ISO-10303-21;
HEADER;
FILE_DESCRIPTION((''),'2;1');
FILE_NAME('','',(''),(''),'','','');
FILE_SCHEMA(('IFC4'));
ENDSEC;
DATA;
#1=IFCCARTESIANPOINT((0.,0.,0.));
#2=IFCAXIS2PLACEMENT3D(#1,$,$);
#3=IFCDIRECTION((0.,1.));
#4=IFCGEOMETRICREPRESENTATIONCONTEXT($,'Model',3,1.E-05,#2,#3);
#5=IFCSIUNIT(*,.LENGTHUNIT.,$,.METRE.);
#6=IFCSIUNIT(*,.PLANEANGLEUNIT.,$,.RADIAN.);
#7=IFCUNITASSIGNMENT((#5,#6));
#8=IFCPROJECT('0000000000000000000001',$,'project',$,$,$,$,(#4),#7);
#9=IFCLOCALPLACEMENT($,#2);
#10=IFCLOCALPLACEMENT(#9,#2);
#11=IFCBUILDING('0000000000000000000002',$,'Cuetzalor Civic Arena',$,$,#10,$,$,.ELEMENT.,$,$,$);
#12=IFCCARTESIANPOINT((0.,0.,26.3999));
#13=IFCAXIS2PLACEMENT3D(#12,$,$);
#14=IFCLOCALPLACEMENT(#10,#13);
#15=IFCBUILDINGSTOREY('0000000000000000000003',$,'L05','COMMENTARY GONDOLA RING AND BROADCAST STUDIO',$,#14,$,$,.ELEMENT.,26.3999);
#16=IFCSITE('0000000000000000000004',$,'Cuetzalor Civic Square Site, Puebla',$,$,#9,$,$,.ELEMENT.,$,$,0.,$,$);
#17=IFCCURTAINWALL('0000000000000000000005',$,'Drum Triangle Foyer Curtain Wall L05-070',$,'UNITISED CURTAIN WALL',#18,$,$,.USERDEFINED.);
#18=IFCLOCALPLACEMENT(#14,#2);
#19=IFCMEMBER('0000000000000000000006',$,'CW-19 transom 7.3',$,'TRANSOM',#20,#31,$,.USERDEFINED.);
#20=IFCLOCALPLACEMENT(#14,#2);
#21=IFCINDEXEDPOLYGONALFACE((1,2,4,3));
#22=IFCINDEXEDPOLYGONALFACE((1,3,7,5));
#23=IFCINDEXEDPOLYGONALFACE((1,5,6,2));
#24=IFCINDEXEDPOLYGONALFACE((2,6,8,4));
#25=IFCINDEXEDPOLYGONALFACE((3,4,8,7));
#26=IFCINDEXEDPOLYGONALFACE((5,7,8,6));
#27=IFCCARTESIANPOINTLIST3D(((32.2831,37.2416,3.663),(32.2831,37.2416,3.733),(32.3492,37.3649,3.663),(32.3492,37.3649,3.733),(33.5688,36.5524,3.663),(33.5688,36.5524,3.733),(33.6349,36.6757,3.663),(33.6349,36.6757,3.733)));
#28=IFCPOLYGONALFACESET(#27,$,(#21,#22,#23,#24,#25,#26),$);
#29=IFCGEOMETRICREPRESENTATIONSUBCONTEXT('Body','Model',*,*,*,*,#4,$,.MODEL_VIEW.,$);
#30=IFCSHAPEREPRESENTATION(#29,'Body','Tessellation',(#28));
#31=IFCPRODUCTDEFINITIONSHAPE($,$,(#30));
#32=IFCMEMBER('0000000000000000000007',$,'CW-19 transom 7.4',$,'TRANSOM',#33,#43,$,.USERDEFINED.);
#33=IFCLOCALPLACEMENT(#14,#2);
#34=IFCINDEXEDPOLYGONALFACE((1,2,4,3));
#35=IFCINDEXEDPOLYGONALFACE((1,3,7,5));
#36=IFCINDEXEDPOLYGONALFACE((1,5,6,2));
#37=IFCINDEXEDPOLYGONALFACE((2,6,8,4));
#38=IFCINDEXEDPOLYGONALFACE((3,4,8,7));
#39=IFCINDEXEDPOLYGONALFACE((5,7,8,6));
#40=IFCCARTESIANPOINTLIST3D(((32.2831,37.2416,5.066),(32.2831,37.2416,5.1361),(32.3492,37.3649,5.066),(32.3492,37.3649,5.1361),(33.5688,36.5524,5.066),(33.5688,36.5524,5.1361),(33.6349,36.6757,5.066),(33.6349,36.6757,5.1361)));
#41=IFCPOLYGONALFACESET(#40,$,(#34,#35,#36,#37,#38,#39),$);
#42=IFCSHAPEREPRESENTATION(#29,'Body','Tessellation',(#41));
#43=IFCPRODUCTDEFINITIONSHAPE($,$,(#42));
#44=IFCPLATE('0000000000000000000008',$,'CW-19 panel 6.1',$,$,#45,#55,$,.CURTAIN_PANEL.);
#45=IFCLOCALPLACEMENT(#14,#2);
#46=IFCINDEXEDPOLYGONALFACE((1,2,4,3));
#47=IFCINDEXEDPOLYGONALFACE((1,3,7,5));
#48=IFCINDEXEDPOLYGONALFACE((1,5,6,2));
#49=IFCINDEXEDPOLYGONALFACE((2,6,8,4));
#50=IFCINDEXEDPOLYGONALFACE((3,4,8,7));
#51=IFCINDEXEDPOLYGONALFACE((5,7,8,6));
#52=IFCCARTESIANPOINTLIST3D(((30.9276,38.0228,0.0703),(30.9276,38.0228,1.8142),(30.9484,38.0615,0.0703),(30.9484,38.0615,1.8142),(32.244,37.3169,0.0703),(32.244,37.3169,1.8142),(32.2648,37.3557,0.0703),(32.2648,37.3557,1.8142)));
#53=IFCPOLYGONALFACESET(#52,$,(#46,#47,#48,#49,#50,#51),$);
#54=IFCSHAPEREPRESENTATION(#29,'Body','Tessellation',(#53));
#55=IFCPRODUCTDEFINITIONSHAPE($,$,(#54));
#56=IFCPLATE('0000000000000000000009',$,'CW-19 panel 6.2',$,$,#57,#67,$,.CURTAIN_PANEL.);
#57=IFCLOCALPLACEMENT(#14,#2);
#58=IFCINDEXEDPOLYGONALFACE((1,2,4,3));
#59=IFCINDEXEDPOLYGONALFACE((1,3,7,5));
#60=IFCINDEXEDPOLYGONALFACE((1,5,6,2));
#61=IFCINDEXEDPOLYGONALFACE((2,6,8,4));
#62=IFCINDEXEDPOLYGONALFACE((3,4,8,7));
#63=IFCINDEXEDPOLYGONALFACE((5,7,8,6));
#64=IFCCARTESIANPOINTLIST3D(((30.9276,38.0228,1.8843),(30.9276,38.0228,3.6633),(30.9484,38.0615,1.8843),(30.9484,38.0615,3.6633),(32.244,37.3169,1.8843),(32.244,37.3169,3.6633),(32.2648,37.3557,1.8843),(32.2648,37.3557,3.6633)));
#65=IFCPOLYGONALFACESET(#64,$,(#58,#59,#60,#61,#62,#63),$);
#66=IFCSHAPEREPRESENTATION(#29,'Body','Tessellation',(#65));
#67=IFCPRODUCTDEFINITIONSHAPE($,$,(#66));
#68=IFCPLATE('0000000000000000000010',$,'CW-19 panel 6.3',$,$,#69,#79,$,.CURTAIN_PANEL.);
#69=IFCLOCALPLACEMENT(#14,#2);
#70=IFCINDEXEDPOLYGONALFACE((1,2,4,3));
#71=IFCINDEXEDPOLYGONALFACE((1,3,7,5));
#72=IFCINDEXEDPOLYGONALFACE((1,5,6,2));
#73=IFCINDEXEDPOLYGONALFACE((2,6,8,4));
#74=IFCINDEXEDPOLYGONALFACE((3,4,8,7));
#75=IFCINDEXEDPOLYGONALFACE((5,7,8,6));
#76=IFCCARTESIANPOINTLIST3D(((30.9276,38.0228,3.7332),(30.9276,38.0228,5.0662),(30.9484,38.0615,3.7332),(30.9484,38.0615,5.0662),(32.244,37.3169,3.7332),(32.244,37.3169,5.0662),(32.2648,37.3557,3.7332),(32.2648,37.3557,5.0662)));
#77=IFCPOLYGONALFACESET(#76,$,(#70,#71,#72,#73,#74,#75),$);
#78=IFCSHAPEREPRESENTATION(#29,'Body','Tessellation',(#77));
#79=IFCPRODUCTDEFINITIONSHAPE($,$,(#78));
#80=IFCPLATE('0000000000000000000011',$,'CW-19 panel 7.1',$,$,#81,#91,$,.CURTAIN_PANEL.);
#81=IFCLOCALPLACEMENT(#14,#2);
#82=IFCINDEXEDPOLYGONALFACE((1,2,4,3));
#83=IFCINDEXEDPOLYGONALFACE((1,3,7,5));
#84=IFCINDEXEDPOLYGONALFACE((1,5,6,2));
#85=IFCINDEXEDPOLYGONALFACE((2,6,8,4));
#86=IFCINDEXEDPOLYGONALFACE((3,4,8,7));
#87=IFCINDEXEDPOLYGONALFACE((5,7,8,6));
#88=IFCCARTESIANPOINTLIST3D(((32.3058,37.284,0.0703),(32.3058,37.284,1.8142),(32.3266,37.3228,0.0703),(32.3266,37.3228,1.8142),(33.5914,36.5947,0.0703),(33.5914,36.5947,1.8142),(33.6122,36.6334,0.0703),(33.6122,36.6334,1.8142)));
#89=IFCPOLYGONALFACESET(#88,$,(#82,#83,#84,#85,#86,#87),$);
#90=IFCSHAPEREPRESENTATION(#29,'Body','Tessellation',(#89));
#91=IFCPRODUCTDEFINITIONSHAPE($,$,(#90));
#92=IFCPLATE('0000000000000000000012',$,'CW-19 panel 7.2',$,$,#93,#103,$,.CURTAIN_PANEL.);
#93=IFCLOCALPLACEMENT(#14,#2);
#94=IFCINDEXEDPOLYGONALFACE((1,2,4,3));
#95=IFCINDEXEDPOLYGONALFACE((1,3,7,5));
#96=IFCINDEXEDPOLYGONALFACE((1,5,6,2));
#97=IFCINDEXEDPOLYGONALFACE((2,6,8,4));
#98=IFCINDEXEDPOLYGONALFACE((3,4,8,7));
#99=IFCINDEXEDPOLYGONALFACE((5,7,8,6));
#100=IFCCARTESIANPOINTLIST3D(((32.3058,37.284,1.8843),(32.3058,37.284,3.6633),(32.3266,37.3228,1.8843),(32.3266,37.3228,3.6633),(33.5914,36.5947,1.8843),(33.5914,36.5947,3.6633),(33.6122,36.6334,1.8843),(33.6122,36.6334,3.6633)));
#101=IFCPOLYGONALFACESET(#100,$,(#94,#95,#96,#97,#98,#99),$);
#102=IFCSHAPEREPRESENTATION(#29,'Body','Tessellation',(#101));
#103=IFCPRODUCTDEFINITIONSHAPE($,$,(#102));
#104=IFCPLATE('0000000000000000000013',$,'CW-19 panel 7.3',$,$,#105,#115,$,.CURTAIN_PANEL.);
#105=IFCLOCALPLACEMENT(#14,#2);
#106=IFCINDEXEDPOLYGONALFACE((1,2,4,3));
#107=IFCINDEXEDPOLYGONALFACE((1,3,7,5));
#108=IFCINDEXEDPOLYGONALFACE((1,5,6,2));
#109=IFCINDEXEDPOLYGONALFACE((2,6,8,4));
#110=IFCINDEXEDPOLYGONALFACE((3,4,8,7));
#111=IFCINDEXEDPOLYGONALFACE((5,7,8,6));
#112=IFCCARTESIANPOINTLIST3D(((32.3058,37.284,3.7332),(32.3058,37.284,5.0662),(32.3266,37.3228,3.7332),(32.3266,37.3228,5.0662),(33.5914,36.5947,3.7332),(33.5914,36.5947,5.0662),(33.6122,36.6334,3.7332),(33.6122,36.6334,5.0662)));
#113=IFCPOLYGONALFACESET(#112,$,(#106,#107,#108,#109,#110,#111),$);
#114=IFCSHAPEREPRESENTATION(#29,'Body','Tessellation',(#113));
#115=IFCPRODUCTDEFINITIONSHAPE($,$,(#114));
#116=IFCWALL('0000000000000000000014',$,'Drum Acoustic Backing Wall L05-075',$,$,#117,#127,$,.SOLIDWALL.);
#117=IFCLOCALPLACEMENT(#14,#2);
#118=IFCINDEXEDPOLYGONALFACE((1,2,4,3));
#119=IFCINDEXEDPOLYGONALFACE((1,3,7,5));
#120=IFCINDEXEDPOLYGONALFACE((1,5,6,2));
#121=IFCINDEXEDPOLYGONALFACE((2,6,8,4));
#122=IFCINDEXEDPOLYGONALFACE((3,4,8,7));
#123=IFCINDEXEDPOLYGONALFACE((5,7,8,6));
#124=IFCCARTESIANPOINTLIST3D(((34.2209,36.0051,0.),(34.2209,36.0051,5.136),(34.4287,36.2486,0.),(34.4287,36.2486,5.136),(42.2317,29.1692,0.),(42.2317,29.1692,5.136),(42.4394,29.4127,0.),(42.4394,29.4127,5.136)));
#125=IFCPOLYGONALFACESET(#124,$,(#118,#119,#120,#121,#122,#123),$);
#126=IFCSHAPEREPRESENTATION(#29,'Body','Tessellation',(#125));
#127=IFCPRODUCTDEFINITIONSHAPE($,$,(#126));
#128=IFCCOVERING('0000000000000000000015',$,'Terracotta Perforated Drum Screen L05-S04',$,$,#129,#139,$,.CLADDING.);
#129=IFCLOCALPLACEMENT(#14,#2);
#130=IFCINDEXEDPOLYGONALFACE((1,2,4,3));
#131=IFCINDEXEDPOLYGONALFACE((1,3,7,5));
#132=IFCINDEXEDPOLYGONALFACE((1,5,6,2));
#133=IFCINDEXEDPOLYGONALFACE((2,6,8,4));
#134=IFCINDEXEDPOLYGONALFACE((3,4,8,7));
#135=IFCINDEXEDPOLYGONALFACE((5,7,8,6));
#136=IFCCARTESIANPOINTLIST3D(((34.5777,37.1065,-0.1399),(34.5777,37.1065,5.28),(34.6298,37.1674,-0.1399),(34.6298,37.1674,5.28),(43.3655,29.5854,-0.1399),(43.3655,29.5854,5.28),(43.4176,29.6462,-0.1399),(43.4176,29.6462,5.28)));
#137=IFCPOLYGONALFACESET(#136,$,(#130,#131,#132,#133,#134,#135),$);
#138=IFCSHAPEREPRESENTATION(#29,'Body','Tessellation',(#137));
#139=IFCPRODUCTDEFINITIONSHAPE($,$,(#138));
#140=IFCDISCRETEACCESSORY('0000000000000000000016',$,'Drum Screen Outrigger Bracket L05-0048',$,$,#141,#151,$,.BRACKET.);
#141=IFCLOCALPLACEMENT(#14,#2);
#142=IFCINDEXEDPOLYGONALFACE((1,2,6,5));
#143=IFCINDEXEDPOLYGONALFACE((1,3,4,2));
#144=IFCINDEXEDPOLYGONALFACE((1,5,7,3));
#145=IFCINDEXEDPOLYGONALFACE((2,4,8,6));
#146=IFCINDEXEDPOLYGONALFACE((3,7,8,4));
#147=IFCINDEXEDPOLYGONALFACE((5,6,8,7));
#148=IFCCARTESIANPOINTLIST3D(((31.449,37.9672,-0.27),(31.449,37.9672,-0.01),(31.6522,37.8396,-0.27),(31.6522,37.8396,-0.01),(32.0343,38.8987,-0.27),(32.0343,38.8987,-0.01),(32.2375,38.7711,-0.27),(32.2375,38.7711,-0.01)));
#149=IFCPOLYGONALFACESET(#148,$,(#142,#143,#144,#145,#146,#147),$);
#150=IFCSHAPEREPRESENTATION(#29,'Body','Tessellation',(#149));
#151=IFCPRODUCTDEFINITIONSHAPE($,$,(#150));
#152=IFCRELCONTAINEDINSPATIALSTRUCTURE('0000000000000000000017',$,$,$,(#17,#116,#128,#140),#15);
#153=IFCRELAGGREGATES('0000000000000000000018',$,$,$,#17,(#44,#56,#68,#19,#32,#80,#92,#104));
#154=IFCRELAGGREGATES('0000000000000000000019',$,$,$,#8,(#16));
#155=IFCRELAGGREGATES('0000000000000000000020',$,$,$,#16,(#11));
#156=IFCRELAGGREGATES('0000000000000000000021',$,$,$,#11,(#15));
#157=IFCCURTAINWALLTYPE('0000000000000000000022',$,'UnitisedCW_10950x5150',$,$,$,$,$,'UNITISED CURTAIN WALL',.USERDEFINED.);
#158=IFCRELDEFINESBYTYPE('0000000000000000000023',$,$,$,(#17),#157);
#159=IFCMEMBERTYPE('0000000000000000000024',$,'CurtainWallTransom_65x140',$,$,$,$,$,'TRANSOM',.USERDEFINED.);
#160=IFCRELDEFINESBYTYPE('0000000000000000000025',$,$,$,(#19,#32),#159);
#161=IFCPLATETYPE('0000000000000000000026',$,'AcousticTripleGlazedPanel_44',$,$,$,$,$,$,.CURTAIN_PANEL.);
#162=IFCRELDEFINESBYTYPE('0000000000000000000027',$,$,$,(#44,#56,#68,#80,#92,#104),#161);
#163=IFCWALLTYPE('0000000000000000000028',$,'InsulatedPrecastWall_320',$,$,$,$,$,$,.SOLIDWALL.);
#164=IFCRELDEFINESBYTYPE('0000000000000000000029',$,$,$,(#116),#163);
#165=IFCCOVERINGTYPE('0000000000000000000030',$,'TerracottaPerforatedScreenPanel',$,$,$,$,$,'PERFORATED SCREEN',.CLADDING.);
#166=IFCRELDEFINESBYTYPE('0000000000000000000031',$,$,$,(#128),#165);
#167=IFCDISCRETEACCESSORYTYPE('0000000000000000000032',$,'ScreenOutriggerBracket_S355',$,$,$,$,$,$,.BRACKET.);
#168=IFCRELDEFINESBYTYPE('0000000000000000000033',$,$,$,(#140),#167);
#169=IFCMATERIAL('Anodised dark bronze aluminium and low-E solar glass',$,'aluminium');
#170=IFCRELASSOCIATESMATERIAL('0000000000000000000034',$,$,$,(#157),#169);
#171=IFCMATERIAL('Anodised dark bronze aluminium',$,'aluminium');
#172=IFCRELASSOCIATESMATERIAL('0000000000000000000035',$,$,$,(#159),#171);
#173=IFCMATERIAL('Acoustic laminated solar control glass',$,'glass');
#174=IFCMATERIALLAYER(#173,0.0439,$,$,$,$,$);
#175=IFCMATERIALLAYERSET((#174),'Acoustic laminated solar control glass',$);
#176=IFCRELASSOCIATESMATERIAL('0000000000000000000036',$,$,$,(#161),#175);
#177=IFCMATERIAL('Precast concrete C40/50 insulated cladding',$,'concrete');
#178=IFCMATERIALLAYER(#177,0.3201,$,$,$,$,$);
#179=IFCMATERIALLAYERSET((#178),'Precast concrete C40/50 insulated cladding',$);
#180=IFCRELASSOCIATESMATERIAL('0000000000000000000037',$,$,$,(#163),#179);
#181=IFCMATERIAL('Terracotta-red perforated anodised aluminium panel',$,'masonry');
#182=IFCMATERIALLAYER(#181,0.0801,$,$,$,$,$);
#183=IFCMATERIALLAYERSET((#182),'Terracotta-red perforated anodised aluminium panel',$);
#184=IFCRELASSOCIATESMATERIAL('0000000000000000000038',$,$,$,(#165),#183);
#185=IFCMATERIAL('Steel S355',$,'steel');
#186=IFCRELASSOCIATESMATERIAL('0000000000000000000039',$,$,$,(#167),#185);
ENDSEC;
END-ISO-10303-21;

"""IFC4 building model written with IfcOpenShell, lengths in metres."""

from ifc_helpers import new_model, si_unit, direction, frame, frame_2d, origin, origin_2d, place, context, subcontext, project, spatial, rectangle, extrude, material, layer, layer_set, material_profile, profile_set, type_object, element, aggregate, save


model = new_model("IFC4")

# Units and contexts
model_context = context("Model", 3, precision=1e-05, world=origin(), true_north=direction((0.0, 1.0)))
body_context = subcontext(model_context, "Body", "Model", "MODEL_VIEW")
ifc_project = project(units=[si_unit("LENGTHUNIT", "METRE"), si_unit("PLANEANGLEUNIT", "RADIAN")], contexts=[model_context])

# Site, building, storey
site_placement = place(None, origin())
site = spatial("IfcSite", under=ifc_project, at=site_placement, Name="Cuetzalor Civic Square Site, Puebla", CompositionType="ELEMENT", RefElevation=0.0)
building_placement = place(site_placement, origin())
building = spatial("IfcBuilding", under=site, at=building_placement, Name="Cuetzalor Civic Arena", CompositionType="ELEMENT")
storey_placement = place(building_placement, frame((0.0, 0.0, 26.3999)))
storey = spatial("IfcBuildingStorey", under=building, at=storey_placement, Name="L05", Description="COMMENTARY GONDOLA RING AND BROADCAST STUDIO", CompositionType="ELEMENT", Elevation=26.3999)

# Curtain wall, members, plates
ifc_material_1 = material(Name="Anodised dark bronze aluminium and low-E solar glass", Category="aluminium")
curtain_wall_type = type_object("IfcCurtainWallType", Name="UnitisedCW_10950x5150", ElementType="UNITISED CURTAIN WALL", PredefinedType="USERDEFINED", material=ifc_material_1)
curtain_wall_placement = place(storey_placement, origin())
curtain_wall = element("IfcCurtainWall", 1, at=curtain_wall_placement, inside=storey, type_object=curtain_wall_type, Name="Drum Triangle Foyer Curtain Wall L05-070", ObjectType="UNITISED CURTAIN WALL", PredefinedType="USERDEFINED")
ifc_material_2 = material(Name="Anodised dark bronze aluminium", Category="aluminium")
ifc_material_profile_1 = material_profile(ifc_material_2, rectangle(XDim=0.1399, YDim=0.0701, at=origin_2d()), Name="ALU TRANSOM 70x140")
ifc_profile_set_1 = profile_set([ifc_material_profile_1], Name="Anodised dark bronze aluminium")
member_type_1 = type_object("IfcMemberType", Name="CurtainWallTransom_65x140", ElementType="TRANSOM", PredefinedType="USERDEFINED", material=ifc_profile_set_1)
member_1_placement = place(storey_placement, frame((32.3162, 37.3032, 3.698), z_axis=(0.881346, -0.472472, 0.0), x_axis=(0.472472, 0.881346, 0.0)))
member_1 = element("IfcMember", 2, at=member_1_placement, type_object=member_type_1, Name="CW-19 transom 7.3", ObjectType="TRANSOM", PredefinedType="USERDEFINED", context=body_context, shape_type="SweptSolid", body=[
    extrude(rectangle(XDim=0.1399, YDim=0.0701, at=origin_2d()), origin(), (0.0, 0.0, 1.0), 1.4587),
])
member_2_placement = place(storey_placement, frame((32.3162, 37.3032, 5.1011), z_axis=(0.881346, -0.472472, 0.0), x_axis=(0.472472, 0.881346, 0.0)))
member_2 = element("IfcMember", 3, at=member_2_placement, type_object=member_type_1, Name="CW-19 transom 7.4", ObjectType="TRANSOM", PredefinedType="USERDEFINED", context=body_context, shape_type="SweptSolid", body=[
    extrude(rectangle(XDim=0.1399, YDim=0.0701, at=origin_2d()), origin(), (0.0, 0.0, 1.0), 1.4587),
])
ifc_material_3 = material(Name="Acoustic laminated solar control glass", Category="glass")
ifc_layer_1 = layer(ifc_material_3, 0.0439)
ifc_layer_set_1 = layer_set([ifc_layer_1], Name="Acoustic laminated solar control glass")
plate_type = type_object("IfcPlateType", Name="AcousticTripleGlazedPanel_44", PredefinedType="CURTAIN_PANEL", material=ifc_layer_set_1)
plate_1_placement = place(storey_placement, frame((31.5962, 37.6892, 0.0703), z_axis=(0.0, 0.0, 1.0), x_axis=(0.881306, -0.472545, 0.0)))
plate_1 = element("IfcPlate", 4, at=plate_1_placement, type_object=plate_type, Name="CW-19 panel 6.1", PredefinedType="CURTAIN_PANEL", context=body_context, shape_type="SweptSolid", body=[
    extrude(rectangle(XDim=1.4937, YDim=0.0439, at=origin_2d()), origin(), (0.0, 0.0, 1.0), 1.7439),
])
plate_2_placement = place(storey_placement, frame((31.5962, 37.6892, 1.8843), z_axis=(0.0, 0.0, 1.0), x_axis=(0.881306, -0.472545, 0.0)))
plate_2 = element("IfcPlate", 5, at=plate_2_placement, type_object=plate_type, Name="CW-19 panel 6.2", PredefinedType="CURTAIN_PANEL", context=body_context, shape_type="SweptSolid", body=[
    extrude(rectangle(XDim=1.4937, YDim=0.0439, at=origin_2d()), origin(), (0.0, 0.0, 1.0), 1.7791),
])
plate_3_placement = place(storey_placement, frame((31.5962, 37.6892, 3.7332), z_axis=(0.0, 0.0, 1.0), x_axis=(0.881306, -0.472545, 0.0)))
plate_3 = element("IfcPlate", 6, at=plate_3_placement, type_object=plate_type, Name="CW-19 panel 6.3", PredefinedType="CURTAIN_PANEL", context=body_context, shape_type="SweptSolid", body=[
    extrude(rectangle(XDim=1.4937, YDim=0.0439, at=origin_2d()), origin(), (0.0, 0.0, 1.0), 1.333),
])
plate_4_placement = place(storey_placement, frame((32.959, 36.9587, 0.0703), z_axis=(0.0, 0.0, 1.0), x_axis=(0.881306, -0.472545, 0.0)))
plate_4 = element("IfcPlate", 7, at=plate_4_placement, type_object=plate_type, Name="CW-19 panel 7.1", PredefinedType="CURTAIN_PANEL", context=body_context, shape_type="SweptSolid", body=[
    extrude(rectangle(XDim=1.4587, YDim=0.0439, at=origin_2d()), origin(), (0.0, 0.0, 1.0), 1.7439),
])
plate_5_placement = place(storey_placement, frame((32.959, 36.9587, 1.8843), z_axis=(0.0, 0.0, 1.0), x_axis=(0.881306, -0.472545, 0.0)))
plate_5 = element("IfcPlate", 8, at=plate_5_placement, type_object=plate_type, Name="CW-19 panel 7.2", PredefinedType="CURTAIN_PANEL", context=body_context, shape_type="SweptSolid", body=[
    extrude(rectangle(XDim=1.4587, YDim=0.0439, at=origin_2d()), origin(), (0.0, 0.0, 1.0), 1.7791),
])
plate_6_placement = place(storey_placement, frame((32.959, 36.9587, 3.7332), z_axis=(0.0, 0.0, 1.0), x_axis=(0.881306, -0.472545, 0.0)))
plate_6 = element("IfcPlate", 9, at=plate_6_placement, type_object=plate_type, Name="CW-19 panel 7.3", PredefinedType="CURTAIN_PANEL", context=body_context, shape_type="SweptSolid", body=[
    extrude(rectangle(XDim=1.4587, YDim=0.0439, at=origin_2d()), origin(), (0.0, 0.0, 1.0), 1.333),
])
aggregate(curtain_wall, [plate_1, plate_2, plate_3, member_1, member_2, plate_4, plate_5, plate_6])

# Wall
ifc_material_4 = material(Name="Precast concrete C40/50 insulated cladding", Category="concrete")
ifc_layer_2 = layer(ifc_material_4, 0.3201)
ifc_layer_set_2 = layer_set([ifc_layer_2], Name="Precast concrete C40/50 insulated cladding")
wall_type = type_object("IfcWallType", Name="InsulatedPrecastWall_320", PredefinedType="SOLIDWALL", material=ifc_layer_set_2)
wall_placement = place(storey_placement, frame((34.3247, 36.127, 0.0), z_axis=(0.0, 0.0, 1.0), x_axis=(0.760682, -0.649125, 0.0)))
element("IfcWall", 10, at=wall_placement, inside=storey, type_object=wall_type, Name="Drum Acoustic Backing Wall L05-075", PredefinedType="SOLIDWALL", context=body_context, shape_type="SweptSolid", body=[
    extrude(rectangle(XDim=10.531, YDim=0.3201, at=frame_2d((5.2656, 0.0))), origin(), (0.0, 0.0, 1.0), 5.136),
])

# Covering
ifc_material_5 = material(Name="Terracotta-red perforated anodised aluminium panel", Category="masonry")
ifc_layer_3 = layer(ifc_material_5, 0.0801)
ifc_layer_set_3 = layer_set([ifc_layer_3], Name="Terracotta-red perforated anodised aluminium panel")
covering_type = type_object("IfcCoveringType", Name="TerracottaPerforatedScreenPanel", ElementType="PERFORATED SCREEN", PredefinedType="CLADDING", material=ifc_layer_set_3)
covering_placement = place(storey_placement, frame((34.6038, 37.137, -0.1399), z_axis=(0.0, 0.0, 1.0), x_axis=(0.759735, -0.650233, 0.0)))
element("IfcCovering", 11, at=covering_placement, inside=storey, type_object=covering_type, Name="Terracotta Perforated Drum Screen L05-S04", PredefinedType="CLADDING", context=body_context, shape_type="SweptSolid", body=[
    extrude(rectangle(XDim=11.5669, YDim=0.0801, at=frame_2d((5.7834, 0.0))), origin(), (0.0, 0.0, 1.0), 5.4199),
])

# Discrete accessory
ifc_material_6 = material(Name="Steel S355", Category="steel")
discrete_accessory_type = type_object("IfcDiscreteAccessoryType", Name="ScreenOutriggerBracket_S355", PredefinedType="BRACKET", material=ifc_material_6)
discrete_accessory_placement = place(storey_placement, frame((31.8433, 38.3691, -0.27), z_axis=(0.0, 0.0, 1.0), x_axis=(0.53199, 0.846751, 0.0)))
element("IfcDiscreteAccessory", 12, at=discrete_accessory_placement, inside=storey, type_object=discrete_accessory_type, Name="Drum Screen Outrigger Bracket L05-0048", PredefinedType="BRACKET", context=body_context, shape_type="SweptSolid", body=[
    extrude(rectangle(XDim=1.1001, YDim=0.24, at=origin_2d()), origin(), (0.0, 0.0, 1.0), 0.26),
])

save(model, "model.ifc")
